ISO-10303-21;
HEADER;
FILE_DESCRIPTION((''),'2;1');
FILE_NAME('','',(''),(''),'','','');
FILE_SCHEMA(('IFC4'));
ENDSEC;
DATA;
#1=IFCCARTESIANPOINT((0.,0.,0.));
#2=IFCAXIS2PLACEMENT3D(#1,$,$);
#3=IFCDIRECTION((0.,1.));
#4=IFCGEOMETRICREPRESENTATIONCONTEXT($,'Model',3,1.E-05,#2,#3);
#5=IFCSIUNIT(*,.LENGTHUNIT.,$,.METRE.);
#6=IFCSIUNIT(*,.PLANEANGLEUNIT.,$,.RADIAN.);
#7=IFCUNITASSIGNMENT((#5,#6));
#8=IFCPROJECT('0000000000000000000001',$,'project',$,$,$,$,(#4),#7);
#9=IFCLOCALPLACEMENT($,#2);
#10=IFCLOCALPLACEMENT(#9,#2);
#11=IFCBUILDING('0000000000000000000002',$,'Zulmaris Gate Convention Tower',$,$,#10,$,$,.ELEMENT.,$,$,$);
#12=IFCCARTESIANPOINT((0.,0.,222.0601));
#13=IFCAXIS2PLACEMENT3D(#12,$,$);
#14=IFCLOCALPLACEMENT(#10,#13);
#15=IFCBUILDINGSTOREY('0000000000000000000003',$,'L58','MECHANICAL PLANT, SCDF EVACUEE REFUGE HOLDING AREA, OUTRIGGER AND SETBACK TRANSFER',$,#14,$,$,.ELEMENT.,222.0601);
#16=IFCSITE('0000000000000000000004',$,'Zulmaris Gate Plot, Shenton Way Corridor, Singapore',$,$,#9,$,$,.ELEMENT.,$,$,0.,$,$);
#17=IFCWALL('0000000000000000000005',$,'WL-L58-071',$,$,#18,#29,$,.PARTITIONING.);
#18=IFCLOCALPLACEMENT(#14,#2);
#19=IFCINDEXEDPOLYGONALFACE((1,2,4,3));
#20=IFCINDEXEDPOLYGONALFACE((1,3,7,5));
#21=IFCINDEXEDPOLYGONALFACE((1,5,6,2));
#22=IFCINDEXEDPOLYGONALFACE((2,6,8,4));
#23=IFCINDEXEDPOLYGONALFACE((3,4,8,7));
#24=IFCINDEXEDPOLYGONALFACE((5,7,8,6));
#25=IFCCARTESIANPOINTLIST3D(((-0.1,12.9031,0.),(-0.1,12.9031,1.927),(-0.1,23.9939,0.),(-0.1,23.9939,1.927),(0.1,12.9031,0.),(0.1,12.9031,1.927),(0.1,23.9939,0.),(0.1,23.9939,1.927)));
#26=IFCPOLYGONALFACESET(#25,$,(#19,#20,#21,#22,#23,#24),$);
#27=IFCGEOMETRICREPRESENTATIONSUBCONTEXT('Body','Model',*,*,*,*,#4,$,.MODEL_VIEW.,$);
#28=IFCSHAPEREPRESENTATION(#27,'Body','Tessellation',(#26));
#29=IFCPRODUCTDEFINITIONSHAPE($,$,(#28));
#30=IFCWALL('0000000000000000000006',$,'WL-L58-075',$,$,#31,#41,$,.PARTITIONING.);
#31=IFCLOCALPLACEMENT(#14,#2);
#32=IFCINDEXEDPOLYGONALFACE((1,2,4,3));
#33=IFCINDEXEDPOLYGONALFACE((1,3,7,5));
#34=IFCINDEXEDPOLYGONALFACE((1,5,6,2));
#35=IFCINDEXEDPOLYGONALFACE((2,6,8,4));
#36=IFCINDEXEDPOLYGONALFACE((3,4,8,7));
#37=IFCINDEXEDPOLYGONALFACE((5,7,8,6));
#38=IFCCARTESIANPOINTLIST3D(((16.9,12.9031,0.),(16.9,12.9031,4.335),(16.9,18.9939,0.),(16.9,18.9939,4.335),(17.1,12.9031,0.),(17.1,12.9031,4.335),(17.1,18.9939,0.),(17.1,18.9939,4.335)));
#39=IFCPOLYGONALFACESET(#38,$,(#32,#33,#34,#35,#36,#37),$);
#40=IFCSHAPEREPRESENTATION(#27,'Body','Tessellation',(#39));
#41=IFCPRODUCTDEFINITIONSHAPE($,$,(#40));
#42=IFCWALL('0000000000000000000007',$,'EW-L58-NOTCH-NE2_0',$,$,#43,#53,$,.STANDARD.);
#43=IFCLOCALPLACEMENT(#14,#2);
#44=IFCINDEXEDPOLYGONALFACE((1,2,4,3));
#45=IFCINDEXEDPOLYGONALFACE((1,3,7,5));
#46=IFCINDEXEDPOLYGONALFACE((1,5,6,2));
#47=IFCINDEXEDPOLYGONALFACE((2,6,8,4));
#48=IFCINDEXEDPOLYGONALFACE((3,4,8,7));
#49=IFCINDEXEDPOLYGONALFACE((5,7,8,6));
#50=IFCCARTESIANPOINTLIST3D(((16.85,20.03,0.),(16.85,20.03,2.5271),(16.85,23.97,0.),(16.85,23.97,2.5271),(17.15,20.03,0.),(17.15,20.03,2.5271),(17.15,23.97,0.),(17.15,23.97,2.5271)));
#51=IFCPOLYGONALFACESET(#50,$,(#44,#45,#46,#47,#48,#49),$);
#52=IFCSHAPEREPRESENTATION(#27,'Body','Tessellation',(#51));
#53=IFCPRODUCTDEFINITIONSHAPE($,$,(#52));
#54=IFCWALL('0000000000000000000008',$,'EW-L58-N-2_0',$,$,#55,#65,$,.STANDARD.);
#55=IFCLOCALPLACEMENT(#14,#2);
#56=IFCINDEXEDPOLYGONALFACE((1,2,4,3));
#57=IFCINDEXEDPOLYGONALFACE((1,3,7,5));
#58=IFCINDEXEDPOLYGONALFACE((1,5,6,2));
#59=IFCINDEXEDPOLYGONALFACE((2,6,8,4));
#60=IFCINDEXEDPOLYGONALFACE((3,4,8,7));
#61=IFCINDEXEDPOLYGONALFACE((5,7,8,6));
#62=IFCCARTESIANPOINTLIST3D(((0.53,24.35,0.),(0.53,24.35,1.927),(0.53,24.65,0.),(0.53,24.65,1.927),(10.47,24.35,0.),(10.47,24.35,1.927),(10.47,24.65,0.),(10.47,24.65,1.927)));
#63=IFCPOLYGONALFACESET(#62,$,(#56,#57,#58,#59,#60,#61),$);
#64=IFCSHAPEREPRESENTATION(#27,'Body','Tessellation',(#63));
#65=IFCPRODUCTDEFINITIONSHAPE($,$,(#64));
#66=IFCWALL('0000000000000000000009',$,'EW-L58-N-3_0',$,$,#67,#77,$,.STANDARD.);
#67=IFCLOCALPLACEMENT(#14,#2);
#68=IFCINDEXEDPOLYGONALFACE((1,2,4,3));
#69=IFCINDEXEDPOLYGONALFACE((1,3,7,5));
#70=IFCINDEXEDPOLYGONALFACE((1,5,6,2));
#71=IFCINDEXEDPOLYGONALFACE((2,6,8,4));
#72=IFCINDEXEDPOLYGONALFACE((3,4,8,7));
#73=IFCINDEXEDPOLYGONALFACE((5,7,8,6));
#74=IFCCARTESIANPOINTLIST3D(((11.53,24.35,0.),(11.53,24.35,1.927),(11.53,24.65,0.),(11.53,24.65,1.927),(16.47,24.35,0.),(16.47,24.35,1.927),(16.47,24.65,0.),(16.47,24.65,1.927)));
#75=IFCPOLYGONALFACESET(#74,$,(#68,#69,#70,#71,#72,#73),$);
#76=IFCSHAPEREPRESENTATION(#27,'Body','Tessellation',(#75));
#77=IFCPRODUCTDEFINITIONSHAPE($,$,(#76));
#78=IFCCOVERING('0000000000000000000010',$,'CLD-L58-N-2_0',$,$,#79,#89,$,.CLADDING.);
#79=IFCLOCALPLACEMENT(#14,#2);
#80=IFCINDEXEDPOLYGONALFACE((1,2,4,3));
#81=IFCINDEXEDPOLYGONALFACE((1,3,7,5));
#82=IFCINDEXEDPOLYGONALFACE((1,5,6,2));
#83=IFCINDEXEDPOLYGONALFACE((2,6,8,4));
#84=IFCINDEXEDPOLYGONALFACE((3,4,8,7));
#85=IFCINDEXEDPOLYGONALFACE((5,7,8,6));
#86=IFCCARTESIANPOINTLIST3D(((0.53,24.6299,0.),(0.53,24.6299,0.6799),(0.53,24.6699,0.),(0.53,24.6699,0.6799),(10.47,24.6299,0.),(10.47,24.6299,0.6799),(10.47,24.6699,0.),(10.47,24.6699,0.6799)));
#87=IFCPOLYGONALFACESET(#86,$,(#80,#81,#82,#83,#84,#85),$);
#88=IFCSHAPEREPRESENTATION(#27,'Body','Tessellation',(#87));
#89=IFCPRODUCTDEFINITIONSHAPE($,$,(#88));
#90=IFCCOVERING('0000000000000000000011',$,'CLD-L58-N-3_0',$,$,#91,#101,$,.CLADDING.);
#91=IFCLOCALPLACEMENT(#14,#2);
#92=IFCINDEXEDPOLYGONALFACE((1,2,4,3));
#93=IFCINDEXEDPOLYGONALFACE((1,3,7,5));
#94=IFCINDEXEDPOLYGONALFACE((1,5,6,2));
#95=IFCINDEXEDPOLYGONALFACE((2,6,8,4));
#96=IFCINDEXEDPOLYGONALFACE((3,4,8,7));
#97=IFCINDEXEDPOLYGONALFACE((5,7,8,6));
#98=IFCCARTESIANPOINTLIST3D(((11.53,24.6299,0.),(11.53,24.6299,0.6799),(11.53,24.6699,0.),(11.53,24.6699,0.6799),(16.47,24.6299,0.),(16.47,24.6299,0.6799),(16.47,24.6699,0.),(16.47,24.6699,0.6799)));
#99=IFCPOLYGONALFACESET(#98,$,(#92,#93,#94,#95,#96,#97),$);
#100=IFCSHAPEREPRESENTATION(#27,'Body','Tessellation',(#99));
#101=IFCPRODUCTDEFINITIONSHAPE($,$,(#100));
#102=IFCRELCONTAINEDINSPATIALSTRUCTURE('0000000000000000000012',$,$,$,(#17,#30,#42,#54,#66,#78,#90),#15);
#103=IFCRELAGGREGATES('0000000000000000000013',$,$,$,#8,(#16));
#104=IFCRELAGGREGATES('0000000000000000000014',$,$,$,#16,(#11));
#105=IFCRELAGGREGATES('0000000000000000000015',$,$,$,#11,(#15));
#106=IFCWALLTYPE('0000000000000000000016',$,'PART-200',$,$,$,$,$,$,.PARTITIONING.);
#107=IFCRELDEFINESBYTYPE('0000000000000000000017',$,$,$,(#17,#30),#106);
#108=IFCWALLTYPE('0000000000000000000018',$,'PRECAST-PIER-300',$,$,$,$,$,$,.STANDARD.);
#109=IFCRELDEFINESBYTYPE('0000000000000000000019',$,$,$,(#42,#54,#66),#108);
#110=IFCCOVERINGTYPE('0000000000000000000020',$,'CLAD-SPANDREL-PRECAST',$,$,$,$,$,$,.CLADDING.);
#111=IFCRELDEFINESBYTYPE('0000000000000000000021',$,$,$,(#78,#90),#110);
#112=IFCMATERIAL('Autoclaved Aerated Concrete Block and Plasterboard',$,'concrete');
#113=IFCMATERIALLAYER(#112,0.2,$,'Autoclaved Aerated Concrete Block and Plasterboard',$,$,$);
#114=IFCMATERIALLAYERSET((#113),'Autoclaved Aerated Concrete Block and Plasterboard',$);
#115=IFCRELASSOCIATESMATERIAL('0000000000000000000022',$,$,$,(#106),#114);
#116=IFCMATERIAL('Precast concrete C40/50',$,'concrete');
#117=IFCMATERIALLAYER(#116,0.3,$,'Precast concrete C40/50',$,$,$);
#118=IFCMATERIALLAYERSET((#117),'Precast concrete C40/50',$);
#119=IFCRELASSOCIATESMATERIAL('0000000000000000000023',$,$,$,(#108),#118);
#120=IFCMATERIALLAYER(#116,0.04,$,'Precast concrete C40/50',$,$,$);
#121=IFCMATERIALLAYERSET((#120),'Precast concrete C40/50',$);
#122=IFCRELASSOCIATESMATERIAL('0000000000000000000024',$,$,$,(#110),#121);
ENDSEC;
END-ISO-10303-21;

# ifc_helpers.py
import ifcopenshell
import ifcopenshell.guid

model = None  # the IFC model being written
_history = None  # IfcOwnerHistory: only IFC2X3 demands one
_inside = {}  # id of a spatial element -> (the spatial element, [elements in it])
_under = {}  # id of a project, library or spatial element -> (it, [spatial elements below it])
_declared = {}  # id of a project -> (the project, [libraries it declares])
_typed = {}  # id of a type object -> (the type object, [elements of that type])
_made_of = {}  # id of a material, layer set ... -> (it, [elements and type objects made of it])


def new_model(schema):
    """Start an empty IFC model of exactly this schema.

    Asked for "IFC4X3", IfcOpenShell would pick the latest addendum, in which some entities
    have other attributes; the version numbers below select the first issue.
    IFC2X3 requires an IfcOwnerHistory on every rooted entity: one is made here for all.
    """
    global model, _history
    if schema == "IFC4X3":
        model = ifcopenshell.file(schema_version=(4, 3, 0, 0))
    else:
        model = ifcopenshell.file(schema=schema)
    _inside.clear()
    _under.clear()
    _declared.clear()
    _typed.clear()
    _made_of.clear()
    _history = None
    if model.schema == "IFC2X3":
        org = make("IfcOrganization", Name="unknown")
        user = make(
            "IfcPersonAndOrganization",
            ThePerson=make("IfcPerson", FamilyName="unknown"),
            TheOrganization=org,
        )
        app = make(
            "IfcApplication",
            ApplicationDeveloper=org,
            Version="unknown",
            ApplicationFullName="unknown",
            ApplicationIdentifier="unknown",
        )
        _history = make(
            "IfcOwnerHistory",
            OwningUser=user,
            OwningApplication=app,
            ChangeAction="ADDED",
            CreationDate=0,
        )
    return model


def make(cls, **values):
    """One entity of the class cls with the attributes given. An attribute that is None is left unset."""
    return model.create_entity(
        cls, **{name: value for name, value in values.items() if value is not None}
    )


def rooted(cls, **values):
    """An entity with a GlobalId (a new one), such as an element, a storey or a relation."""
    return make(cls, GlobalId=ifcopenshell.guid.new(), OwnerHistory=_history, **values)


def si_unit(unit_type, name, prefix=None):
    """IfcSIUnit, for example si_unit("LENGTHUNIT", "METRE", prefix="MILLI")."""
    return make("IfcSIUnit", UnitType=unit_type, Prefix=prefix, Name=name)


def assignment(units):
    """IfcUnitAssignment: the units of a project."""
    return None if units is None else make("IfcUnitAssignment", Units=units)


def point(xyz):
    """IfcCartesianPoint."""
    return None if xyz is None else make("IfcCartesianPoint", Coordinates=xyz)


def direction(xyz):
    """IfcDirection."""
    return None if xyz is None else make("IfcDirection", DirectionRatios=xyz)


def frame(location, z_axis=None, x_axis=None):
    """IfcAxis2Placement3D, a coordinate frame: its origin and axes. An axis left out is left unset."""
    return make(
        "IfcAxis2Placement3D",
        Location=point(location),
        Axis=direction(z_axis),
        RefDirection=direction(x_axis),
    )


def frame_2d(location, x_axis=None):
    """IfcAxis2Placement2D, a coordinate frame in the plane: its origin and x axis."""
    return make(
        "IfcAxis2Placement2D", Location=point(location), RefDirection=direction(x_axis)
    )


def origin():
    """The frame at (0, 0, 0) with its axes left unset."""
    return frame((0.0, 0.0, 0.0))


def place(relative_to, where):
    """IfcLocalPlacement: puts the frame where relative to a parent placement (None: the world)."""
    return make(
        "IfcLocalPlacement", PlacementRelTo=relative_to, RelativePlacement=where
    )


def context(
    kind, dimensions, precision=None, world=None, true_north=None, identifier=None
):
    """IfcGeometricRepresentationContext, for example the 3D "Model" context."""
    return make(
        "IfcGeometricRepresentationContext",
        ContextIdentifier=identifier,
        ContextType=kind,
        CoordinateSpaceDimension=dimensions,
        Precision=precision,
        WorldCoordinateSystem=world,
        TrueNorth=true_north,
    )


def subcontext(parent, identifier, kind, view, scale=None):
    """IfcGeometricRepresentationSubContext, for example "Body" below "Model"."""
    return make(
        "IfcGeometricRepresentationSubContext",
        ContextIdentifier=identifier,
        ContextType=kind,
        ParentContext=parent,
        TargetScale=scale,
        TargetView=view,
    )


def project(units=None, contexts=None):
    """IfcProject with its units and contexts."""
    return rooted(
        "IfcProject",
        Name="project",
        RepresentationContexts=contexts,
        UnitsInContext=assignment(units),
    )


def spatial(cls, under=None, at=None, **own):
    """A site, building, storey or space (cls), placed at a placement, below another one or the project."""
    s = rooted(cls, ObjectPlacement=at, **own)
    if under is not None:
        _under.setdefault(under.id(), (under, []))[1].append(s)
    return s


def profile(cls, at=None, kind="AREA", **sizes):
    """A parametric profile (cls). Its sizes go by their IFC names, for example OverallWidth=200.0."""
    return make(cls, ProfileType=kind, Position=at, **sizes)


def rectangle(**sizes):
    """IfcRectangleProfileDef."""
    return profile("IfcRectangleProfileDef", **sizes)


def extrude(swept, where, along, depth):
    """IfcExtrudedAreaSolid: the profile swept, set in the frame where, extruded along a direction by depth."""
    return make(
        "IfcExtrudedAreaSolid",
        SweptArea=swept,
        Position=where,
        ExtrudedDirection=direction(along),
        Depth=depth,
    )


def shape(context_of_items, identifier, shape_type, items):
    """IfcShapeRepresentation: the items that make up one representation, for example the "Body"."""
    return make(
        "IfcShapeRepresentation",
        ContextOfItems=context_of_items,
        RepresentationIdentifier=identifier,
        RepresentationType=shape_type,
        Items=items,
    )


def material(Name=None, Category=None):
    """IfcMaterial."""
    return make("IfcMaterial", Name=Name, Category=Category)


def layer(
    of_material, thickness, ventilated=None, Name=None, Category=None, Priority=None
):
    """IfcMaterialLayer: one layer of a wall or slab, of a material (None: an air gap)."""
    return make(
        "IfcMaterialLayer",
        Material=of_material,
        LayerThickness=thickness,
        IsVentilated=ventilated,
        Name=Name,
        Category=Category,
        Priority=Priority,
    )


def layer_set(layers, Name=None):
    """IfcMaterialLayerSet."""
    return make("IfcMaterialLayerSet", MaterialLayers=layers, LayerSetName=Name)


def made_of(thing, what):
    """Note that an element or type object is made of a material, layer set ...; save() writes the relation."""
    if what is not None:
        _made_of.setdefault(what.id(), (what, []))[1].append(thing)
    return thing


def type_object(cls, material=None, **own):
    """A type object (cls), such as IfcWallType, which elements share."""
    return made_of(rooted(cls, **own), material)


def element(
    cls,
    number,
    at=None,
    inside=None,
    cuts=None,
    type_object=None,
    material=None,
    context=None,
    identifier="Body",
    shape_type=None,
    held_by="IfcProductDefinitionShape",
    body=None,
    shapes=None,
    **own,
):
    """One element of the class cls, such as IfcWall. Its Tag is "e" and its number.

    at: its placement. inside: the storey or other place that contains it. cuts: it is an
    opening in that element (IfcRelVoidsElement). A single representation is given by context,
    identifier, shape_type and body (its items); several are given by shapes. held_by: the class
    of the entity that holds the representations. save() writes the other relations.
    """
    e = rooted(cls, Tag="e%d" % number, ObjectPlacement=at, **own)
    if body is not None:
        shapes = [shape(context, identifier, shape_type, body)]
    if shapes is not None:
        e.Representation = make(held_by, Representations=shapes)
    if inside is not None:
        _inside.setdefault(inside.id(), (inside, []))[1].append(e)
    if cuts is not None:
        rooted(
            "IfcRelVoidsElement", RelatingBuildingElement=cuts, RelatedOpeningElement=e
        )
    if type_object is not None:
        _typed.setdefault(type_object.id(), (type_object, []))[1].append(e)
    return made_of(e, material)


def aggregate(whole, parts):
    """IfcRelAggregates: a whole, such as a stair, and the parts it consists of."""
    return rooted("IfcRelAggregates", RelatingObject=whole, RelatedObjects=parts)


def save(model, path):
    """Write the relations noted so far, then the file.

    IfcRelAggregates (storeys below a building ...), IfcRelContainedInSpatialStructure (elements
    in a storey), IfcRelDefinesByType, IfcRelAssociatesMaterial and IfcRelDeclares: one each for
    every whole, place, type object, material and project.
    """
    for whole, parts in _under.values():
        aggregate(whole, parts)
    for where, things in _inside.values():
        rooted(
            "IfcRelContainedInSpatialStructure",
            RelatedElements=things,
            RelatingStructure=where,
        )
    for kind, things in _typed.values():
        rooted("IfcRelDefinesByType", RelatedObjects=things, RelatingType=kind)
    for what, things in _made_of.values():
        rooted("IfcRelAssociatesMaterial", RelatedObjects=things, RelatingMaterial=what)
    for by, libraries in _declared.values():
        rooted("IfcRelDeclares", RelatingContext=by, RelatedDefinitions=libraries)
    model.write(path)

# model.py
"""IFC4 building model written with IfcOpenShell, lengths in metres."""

from ifc_helpers import new_model, si_unit, direction, frame, frame_2d, origin, place, context, subcontext, project, spatial, rectangle, extrude, material, layer, layer_set, type_object, element, save


model = new_model("IFC4")

# Units and contexts
model_context = context("Model", 3, precision=1e-05, world=origin(), true_north=direction((0.0, 1.0)))
body_context = subcontext(model_context, "Body", "Model", "MODEL_VIEW")
ifc_project = project(units=[si_unit("LENGTHUNIT", "METRE"), si_unit("PLANEANGLEUNIT", "RADIAN")], contexts=[model_context])

# Site, building, storey
site_placement = place(None, origin())
site = spatial("IfcSite", under=ifc_project, at=site_placement, Name="Zulmaris Gate Plot, Shenton Way Corridor, Singapore", CompositionType="ELEMENT", RefElevation=0.0)
building_placement = place(site_placement, origin())
building = spatial("IfcBuilding", under=site, at=building_placement, Name="Zulmaris Gate Convention Tower", CompositionType="ELEMENT")
storey_placement = place(building_placement, frame((0.0, 0.0, 222.0601)))
storey = spatial("IfcBuildingStorey", under=building, at=storey_placement, Name="L58", Description="MECHANICAL PLANT, SCDF EVACUEE REFUGE HOLDING AREA, OUTRIGGER AND SETBACK TRANSFER", CompositionType="ELEMENT", Elevation=222.0601)

# Walls
ifc_material_1 = material(Name="Autoclaved Aerated Concrete Block and Plasterboard", Category="concrete")
ifc_layer_1 = layer(ifc_material_1, 0.2, Name="Autoclaved Aerated Concrete Block and Plasterboard")
ifc_layer_set_1 = layer_set([ifc_layer_1], Name="Autoclaved Aerated Concrete Block and Plasterboard")
wall_type_1 = type_object("IfcWallType", Name="PART-200", PredefinedType="PARTITIONING", material=ifc_layer_set_1)
wall_1_placement = place(storey_placement, frame((0.0, 12.9031, 0.0), z_axis=(0.0, 0.0, 1.0), x_axis=(0.0, 1.0, 0.0)))
element("IfcWall", 1, at=wall_1_placement, inside=storey, type_object=wall_type_1, Name="WL-L58-071", PredefinedType="PARTITIONING", context=body_context, shape_type="SweptSolid", body=[
    extrude(rectangle(XDim=11.0908, YDim=0.2, at=frame_2d((5.5454, 0.0))), origin(), (0.0, 0.0, 1.0), 1.927),
])
wall_2_placement = place(storey_placement, frame((17.0, 12.9031, 0.0), z_axis=(0.0, 0.0, 1.0), x_axis=(0.0, 1.0, 0.0)))
element("IfcWall", 2, at=wall_2_placement, inside=storey, type_object=wall_type_1, Name="WL-L58-075", PredefinedType="PARTITIONING", context=body_context, shape_type="SweptSolid", body=[
    extrude(rectangle(XDim=6.0908, YDim=0.2, at=frame_2d((3.0454, 0.0))), origin(), (0.0, 0.0, 1.0), 4.335),
])
ifc_material_2 = material(Name="Precast concrete C40/50", Category="concrete")
ifc_layer_2 = layer(ifc_material_2, 0.3, Name="Precast concrete C40/50")
ifc_layer_set_2 = layer_set([ifc_layer_2], Name="Precast concrete C40/50")
wall_type_2 = type_object("IfcWallType", Name="PRECAST-PIER-300", PredefinedType="STANDARD", material=ifc_layer_set_2)
wall_3_placement = place(storey_placement, frame((17.0, 20.03, 0.0), z_axis=(0.0, 0.0, 1.0), x_axis=(0.0, 1.0, 0.0)))
element("IfcWall", 3, at=wall_3_placement, inside=storey, type_object=wall_type_2, Name="EW-L58-NOTCH-NE2_0", PredefinedType="STANDARD", context=body_context, shape_type="SweptSolid", body=[
    extrude(rectangle(XDim=3.9399, YDim=0.3, at=frame_2d((1.97, 0.0))), origin(), (0.0, 0.0, 1.0), 2.5271),
])
wall_4_placement = place(storey_placement, frame((10.47, 24.5, 0.0), z_axis=(0.0, 0.0, 1.0), x_axis=(-1.0, 0.0, 0.0)))
element("IfcWall", 4, at=wall_4_placement, inside=storey, type_object=wall_type_2, Name="EW-L58-N-2_0", PredefinedType="STANDARD", context=body_context, shape_type="SweptSolid", body=[
    extrude(rectangle(XDim=9.9399, YDim=0.3, at=frame_2d((4.97, 0.0))), origin(), (0.0, 0.0, 1.0), 1.927),
])
wall_5_placement = place(storey_placement, frame((16.47, 24.5, 0.0), z_axis=(0.0, 0.0, 1.0), x_axis=(-1.0, 0.0, 0.0)))
element("IfcWall", 5, at=wall_5_placement, inside=storey, type_object=wall_type_2, Name="EW-L58-N-3_0", PredefinedType="STANDARD", context=body_context, shape_type="SweptSolid", body=[
    extrude(rectangle(XDim=4.9399, YDim=0.3, at=frame_2d((2.47, 0.0))), origin(), (0.0, 0.0, 1.0), 1.927),
])

# Coverings
ifc_layer_3 = layer(ifc_material_2, 0.04, Name="Precast concrete C40/50")
ifc_layer_set_3 = layer_set([ifc_layer_3], Name="Precast concrete C40/50")
covering_type = type_object("IfcCoveringType", Name="CLAD-SPANDREL-PRECAST", PredefinedType="CLADDING", material=ifc_layer_set_3)
covering_1_placement = place(storey_placement, frame((10.47, 24.6499, 0.0), z_axis=(0.0, 0.0, 1.0), x_axis=(-1.0, 0.0, 0.0)))
element("IfcCovering", 6, at=covering_1_placement, inside=storey, type_object=covering_type, Name="CLD-L58-N-2_0", PredefinedType="CLADDING", context=body_context, shape_type="SweptSolid", body=[
    extrude(rectangle(XDim=9.9399, YDim=0.04, at=frame_2d((4.97, 0.0))), origin(), (0.0, 0.0, 1.0), 0.6799),
])
covering_2_placement = place(storey_placement, frame((16.47, 24.6499, 0.0), z_axis=(0.0, 0.0, 1.0), x_axis=(-1.0, 0.0, 0.0)))
element("IfcCovering", 7, at=covering_2_placement, inside=storey, type_object=covering_type, Name="CLD-L58-N-3_0", PredefinedType="CLADDING", context=body_context, shape_type="SweptSolid", body=[
    extrude(rectangle(XDim=4.9399, YDim=0.04, at=frame_2d((2.47, 0.0))), origin(), (0.0, 0.0, 1.0), 0.6799),
])

save(model, "model.ifc")
